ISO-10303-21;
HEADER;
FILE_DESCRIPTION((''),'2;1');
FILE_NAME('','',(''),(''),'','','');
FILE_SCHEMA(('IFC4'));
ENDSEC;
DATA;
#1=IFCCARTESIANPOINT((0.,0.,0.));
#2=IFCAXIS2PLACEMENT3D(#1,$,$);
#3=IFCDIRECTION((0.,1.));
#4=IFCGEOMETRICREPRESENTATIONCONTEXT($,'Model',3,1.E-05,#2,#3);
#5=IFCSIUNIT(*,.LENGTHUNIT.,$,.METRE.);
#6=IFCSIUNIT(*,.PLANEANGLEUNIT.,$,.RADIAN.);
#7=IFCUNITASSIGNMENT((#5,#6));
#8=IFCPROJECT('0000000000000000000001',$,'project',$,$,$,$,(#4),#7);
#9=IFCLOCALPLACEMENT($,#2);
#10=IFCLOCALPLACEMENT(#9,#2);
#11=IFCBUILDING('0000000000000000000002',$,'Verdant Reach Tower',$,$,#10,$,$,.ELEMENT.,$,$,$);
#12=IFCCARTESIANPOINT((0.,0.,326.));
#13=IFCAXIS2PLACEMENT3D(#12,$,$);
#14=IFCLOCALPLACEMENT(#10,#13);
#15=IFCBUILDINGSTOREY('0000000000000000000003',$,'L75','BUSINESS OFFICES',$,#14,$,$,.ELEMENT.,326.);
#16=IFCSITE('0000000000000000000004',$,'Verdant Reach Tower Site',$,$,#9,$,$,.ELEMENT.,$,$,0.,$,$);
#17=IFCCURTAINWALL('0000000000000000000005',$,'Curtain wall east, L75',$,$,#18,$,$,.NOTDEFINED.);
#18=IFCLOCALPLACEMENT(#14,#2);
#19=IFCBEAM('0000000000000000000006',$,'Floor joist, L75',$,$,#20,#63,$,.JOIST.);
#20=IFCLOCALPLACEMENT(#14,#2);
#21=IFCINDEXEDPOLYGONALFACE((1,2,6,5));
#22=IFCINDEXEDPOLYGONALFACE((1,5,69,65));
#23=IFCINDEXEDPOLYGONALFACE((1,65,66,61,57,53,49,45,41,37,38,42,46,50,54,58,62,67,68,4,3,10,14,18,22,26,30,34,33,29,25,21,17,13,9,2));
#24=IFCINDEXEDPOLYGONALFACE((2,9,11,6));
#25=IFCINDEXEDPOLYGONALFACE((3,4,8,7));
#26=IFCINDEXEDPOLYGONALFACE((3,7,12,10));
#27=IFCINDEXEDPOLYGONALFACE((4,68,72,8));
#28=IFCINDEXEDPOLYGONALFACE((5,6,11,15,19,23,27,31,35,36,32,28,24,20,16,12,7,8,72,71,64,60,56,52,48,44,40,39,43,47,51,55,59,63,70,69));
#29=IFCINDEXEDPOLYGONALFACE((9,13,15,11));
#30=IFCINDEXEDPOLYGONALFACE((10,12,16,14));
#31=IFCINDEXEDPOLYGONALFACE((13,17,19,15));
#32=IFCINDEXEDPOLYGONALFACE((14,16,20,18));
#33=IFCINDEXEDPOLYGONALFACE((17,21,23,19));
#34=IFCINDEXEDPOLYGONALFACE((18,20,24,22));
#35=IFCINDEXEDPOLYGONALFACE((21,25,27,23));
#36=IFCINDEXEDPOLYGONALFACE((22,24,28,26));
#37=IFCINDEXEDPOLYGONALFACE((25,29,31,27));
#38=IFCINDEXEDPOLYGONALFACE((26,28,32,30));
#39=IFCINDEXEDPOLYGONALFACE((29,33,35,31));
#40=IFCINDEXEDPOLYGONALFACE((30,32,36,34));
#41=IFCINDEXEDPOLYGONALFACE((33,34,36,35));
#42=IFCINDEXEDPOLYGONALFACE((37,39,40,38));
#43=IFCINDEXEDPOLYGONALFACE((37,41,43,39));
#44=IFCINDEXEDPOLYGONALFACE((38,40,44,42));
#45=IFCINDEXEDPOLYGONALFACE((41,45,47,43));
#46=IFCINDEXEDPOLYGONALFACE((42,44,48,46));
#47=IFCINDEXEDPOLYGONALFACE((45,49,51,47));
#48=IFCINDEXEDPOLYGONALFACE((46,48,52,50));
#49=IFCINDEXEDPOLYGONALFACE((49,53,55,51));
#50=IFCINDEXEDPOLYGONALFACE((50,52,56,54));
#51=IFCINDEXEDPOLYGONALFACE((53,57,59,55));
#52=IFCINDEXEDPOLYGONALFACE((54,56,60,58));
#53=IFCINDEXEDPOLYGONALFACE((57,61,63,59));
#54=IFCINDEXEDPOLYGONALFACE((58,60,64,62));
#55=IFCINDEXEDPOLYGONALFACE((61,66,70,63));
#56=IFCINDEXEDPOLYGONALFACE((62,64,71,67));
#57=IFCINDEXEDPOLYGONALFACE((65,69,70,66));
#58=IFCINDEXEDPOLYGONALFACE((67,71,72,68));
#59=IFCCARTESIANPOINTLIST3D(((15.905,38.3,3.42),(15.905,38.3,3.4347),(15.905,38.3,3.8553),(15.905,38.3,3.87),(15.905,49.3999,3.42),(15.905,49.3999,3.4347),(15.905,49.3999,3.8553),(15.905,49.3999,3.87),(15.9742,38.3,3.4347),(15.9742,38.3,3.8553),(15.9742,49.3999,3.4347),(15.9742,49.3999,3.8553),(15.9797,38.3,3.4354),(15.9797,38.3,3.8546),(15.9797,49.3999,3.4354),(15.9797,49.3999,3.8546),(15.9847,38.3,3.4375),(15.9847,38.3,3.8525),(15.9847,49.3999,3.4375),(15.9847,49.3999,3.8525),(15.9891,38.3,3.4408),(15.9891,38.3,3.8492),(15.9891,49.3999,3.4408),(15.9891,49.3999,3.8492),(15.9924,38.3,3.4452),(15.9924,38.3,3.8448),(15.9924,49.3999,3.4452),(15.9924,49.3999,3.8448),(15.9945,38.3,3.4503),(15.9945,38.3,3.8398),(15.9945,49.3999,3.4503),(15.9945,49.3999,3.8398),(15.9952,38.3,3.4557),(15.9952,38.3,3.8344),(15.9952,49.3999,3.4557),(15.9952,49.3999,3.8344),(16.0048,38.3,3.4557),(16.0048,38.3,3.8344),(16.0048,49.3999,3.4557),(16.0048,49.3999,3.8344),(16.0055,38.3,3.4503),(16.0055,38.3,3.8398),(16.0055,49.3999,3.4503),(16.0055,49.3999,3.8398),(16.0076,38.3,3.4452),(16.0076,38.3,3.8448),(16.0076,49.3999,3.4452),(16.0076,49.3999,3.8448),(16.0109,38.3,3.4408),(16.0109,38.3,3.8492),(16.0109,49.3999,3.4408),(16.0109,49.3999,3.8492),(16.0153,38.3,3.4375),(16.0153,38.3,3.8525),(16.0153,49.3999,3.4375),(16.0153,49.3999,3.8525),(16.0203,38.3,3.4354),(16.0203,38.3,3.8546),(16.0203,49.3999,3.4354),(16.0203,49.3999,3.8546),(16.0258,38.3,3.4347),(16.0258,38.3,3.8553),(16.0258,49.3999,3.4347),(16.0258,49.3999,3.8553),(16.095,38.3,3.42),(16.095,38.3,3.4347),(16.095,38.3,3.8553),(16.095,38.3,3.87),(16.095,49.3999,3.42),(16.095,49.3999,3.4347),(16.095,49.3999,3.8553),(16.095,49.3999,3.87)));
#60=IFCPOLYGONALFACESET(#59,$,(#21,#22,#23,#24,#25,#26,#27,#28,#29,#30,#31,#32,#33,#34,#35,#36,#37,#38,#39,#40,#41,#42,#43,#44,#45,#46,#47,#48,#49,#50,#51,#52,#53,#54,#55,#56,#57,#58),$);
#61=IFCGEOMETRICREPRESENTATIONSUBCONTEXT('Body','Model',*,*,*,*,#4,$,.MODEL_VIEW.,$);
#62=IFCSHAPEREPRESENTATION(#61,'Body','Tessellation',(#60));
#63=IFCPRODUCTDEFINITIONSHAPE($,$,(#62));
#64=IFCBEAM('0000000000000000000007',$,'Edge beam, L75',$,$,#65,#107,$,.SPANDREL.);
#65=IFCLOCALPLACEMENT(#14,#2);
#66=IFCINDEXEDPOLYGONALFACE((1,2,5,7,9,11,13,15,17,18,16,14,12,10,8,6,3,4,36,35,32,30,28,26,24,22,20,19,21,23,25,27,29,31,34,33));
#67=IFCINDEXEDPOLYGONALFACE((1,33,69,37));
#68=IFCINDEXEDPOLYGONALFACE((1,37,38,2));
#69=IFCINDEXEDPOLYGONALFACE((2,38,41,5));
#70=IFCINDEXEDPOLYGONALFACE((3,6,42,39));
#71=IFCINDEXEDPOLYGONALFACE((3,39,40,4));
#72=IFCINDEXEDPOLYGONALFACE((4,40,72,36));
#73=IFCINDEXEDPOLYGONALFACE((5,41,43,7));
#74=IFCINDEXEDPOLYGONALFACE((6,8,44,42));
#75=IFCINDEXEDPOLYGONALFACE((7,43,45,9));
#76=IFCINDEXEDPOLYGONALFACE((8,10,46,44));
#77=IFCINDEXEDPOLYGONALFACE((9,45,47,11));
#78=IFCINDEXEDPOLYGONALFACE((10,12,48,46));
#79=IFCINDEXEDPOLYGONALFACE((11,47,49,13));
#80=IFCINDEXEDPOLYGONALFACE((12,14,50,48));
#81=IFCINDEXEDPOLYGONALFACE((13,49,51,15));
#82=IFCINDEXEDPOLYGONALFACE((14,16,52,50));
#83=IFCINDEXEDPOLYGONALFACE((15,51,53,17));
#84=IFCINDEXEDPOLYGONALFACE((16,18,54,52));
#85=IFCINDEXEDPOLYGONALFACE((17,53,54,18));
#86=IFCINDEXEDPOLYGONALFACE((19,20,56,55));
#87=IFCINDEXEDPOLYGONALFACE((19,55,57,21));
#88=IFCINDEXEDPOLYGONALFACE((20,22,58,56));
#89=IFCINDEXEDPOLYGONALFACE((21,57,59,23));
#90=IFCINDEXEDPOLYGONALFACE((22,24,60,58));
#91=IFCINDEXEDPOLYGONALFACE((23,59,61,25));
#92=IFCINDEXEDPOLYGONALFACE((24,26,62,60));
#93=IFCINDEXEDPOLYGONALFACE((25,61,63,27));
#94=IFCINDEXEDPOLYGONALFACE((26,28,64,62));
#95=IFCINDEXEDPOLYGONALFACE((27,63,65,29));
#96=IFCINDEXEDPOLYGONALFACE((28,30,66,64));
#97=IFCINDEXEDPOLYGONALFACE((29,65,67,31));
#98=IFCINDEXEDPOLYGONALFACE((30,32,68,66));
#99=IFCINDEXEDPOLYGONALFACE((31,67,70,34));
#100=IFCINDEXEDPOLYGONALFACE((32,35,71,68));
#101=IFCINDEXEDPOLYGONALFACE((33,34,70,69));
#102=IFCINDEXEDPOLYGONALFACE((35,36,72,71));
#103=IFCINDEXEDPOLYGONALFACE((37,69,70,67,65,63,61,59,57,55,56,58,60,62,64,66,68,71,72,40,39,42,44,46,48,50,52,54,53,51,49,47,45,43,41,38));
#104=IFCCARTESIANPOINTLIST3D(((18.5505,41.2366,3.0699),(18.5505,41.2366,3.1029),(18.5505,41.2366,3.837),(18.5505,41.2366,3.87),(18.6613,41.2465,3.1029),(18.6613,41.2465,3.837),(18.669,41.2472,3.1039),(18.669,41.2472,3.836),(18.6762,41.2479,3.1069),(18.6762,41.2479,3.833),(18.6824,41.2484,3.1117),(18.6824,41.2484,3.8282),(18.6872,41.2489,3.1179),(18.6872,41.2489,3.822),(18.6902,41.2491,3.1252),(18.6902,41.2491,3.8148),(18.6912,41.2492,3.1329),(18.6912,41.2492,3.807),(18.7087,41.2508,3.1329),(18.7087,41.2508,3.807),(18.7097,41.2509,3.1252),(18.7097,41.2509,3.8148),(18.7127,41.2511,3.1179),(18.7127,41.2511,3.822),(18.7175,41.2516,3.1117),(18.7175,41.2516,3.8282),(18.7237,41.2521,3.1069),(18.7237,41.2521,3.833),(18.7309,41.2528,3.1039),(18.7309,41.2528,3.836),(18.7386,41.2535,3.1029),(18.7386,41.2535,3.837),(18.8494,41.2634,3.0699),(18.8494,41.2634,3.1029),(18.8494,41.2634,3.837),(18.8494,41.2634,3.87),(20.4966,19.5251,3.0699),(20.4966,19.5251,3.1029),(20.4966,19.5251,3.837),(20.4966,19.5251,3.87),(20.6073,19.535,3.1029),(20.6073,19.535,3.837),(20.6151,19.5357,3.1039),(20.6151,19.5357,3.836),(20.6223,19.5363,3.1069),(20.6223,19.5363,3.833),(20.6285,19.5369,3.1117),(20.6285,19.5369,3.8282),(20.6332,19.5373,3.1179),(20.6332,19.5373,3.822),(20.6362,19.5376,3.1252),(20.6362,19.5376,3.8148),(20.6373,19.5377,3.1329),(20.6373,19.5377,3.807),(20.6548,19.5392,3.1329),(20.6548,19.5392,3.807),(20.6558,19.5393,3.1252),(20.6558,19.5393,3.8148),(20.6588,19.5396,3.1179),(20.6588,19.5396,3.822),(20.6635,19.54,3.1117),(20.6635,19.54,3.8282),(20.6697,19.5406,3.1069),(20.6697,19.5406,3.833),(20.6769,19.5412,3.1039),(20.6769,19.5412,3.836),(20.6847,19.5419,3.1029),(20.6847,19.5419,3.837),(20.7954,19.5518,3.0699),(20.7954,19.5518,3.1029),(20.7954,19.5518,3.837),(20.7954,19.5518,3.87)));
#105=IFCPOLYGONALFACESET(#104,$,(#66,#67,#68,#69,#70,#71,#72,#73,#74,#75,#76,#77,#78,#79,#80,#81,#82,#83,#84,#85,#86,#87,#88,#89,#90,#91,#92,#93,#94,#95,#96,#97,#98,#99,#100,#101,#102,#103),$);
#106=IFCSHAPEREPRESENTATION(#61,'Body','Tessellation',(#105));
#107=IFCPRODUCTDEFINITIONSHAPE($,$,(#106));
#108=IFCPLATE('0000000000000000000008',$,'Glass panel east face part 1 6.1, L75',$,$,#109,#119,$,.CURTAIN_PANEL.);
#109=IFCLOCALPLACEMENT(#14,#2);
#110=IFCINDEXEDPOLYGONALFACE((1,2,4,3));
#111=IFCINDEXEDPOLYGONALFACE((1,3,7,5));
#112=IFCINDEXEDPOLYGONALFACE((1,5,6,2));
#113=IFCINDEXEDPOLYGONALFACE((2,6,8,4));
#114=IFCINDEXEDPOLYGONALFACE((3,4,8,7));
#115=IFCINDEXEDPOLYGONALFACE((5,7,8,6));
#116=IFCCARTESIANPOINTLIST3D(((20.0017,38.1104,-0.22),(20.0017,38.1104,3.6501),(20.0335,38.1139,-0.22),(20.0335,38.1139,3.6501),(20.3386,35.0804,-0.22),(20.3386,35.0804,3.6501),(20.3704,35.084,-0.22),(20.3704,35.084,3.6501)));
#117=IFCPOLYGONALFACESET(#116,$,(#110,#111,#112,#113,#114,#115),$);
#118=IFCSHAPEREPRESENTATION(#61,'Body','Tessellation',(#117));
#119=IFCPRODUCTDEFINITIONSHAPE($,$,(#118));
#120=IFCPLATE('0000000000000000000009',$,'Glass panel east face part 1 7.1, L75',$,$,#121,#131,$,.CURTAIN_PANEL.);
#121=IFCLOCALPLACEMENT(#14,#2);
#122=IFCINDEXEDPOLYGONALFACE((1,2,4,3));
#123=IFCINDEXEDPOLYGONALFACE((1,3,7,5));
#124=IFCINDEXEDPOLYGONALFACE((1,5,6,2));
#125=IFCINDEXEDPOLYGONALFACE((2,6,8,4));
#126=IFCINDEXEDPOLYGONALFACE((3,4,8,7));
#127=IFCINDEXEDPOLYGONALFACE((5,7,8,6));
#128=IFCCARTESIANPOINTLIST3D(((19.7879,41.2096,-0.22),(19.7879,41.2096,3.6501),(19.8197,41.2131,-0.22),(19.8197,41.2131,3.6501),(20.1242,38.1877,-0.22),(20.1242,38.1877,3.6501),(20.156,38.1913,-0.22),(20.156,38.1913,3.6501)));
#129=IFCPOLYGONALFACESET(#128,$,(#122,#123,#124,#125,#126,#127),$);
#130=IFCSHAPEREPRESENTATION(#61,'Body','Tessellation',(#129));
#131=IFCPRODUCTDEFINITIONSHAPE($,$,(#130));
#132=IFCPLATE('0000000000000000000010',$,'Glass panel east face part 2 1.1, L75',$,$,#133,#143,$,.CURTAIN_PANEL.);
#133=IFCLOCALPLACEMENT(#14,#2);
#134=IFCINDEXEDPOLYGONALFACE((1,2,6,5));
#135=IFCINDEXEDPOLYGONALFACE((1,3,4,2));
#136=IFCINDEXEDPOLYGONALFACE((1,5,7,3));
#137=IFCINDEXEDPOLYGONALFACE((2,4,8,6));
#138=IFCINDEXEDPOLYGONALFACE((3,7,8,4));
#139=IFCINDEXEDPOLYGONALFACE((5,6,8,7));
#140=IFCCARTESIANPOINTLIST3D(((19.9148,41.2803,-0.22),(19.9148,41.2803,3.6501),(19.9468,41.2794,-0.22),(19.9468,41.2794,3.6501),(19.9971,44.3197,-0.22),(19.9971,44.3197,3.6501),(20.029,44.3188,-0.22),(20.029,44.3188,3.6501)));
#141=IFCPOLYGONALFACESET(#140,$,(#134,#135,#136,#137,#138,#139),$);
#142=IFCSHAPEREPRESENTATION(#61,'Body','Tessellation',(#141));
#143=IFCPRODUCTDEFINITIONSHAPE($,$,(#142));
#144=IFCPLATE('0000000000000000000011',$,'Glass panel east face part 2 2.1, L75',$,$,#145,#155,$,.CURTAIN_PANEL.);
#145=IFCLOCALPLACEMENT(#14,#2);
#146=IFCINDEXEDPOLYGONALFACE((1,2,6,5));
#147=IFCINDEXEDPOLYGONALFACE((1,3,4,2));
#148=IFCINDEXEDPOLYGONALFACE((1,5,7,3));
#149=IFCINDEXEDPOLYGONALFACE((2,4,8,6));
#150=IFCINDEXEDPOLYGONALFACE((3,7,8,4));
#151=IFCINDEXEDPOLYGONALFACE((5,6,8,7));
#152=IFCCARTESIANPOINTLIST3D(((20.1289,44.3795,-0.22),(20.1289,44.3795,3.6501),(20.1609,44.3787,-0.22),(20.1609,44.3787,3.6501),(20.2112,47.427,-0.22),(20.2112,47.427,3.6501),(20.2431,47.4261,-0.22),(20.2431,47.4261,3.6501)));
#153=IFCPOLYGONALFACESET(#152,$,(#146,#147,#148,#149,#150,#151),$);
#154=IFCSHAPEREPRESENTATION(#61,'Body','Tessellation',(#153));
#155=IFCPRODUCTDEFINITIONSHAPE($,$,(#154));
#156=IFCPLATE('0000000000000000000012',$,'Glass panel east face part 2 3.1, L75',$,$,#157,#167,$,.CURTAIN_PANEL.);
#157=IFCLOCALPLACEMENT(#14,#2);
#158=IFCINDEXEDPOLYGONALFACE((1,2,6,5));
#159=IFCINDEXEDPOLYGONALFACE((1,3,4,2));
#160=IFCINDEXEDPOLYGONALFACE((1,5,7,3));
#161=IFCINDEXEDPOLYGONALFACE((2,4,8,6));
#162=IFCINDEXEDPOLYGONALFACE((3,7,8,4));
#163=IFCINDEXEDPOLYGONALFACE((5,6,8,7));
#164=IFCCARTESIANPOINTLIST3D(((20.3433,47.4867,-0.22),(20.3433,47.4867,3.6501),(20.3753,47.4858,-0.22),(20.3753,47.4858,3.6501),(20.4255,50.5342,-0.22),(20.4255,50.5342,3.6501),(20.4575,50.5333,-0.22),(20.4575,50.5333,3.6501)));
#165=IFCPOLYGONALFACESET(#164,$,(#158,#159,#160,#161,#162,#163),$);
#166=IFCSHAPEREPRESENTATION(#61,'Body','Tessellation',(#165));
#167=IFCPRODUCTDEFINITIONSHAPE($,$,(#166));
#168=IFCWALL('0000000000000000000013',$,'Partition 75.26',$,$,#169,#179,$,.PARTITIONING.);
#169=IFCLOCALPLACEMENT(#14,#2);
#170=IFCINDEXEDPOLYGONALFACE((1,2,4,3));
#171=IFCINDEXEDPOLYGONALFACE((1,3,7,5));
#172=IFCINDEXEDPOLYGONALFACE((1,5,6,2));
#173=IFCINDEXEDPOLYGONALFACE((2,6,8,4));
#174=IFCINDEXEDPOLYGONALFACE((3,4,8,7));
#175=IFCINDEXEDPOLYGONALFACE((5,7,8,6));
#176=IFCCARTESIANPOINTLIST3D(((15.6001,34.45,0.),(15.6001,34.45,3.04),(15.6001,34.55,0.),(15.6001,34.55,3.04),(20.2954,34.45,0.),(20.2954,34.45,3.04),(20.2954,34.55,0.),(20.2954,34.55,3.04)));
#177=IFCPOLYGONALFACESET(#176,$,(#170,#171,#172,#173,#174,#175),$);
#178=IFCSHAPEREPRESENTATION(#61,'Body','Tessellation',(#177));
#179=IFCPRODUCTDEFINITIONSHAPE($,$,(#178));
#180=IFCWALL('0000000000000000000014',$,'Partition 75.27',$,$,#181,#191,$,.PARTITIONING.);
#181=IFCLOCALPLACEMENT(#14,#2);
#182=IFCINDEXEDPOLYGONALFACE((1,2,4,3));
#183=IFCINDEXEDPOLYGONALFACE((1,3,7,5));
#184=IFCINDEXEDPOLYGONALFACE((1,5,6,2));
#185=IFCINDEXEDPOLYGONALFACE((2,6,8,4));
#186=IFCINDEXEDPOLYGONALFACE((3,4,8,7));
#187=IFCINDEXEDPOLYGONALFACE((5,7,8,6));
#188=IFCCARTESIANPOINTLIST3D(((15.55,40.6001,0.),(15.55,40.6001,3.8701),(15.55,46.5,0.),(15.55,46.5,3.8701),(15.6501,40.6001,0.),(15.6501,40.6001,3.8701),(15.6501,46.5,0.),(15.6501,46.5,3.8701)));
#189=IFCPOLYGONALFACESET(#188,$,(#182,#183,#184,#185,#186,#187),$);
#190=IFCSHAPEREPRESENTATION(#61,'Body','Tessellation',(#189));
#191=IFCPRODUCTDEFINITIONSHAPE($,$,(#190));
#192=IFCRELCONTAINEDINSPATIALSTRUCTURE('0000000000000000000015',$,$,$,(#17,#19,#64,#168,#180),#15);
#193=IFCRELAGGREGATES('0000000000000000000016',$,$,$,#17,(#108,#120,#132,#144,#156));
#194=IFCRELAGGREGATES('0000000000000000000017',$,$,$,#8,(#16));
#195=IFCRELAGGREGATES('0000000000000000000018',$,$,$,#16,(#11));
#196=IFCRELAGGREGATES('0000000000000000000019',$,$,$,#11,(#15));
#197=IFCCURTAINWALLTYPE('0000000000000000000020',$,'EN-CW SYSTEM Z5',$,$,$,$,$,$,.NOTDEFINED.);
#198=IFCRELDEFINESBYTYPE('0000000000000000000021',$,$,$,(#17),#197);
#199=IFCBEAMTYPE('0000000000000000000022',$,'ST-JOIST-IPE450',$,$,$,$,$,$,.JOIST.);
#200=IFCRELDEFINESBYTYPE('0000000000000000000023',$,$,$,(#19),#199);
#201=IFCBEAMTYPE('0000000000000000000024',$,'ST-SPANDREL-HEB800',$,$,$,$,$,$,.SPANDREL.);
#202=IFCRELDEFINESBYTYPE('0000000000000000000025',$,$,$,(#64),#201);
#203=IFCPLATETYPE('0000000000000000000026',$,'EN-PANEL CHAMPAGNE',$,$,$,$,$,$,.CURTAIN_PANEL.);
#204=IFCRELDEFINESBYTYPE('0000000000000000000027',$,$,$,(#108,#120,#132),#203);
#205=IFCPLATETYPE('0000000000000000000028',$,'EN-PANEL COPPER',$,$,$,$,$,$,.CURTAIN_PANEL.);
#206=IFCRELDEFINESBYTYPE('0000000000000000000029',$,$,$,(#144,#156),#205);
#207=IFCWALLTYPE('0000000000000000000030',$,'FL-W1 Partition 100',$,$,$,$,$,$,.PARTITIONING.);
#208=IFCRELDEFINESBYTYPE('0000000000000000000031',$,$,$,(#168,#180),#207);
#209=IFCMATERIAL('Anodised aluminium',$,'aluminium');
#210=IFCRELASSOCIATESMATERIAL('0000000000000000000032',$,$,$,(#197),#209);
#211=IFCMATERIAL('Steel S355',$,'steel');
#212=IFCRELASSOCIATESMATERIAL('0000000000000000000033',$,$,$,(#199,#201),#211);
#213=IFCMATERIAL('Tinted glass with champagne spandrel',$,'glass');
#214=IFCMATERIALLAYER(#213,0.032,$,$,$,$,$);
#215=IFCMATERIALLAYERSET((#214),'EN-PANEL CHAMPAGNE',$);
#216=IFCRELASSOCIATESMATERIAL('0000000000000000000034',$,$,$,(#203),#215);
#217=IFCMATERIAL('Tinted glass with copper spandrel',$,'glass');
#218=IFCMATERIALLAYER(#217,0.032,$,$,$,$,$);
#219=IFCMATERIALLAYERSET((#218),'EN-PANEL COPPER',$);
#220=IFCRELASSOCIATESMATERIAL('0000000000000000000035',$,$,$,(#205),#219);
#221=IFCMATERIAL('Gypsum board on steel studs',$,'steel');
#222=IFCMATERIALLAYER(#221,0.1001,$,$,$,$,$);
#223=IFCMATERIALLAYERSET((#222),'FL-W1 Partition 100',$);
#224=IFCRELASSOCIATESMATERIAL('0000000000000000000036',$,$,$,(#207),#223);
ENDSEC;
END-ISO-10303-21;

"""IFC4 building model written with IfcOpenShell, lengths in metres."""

from ifc_helpers import new_model, si_unit, direction, frame, frame_2d, origin, origin_2d, place, context, subcontext, project, spatial, rectangle, i_section, extrude, material, layer, layer_set, material_profile, profile_set, type_object, element, aggregate, save


model = new_model("IFC4")

# Units and contexts
model_context = context("Model", 3, precision=1e-05, world=origin(), true_north=direction((0.0, 1.0)))
body_context = subcontext(model_context, "Body", "Model", "MODEL_VIEW")
ifc_project = project(units=[si_unit("LENGTHUNIT", "METRE"), si_unit("PLANEANGLEUNIT", "RADIAN")], contexts=[model_context])

# Site, building, storey
site_placement = place(None, origin())
site = spatial("IfcSite", under=ifc_project, at=site_placement, Name="Verdant Reach Tower Site", CompositionType="ELEMENT", RefElevation=0.0)
building_placement = place(site_placement, origin())
building = spatial("IfcBuilding", under=site, at=building_placement, Name="Verdant Reach Tower", CompositionType="ELEMENT")
storey_placement = place(building_placement, frame((0.0, 0.0, 326.0)))
storey = spatial("IfcBuildingStorey", under=building, at=storey_placement, Name="L75", Description="BUSINESS OFFICES", CompositionType="ELEMENT", Elevation=326.0)

# Curtain wall
ifc_material_1 = material(Name="Anodised aluminium", Category="aluminium")
curtain_wall_type = type_object("IfcCurtainWallType", Name="EN-CW SYSTEM Z5", PredefinedType="NOTDEFINED", material=ifc_material_1)
curtain_wall_placement = place(storey_placement, origin())
curtain_wall = element("IfcCurtainWall", 1, at=curtain_wall_placement, inside=storey, type_object=curtain_wall_type, Name="Curtain wall east, L75", PredefinedType="NOTDEFINED")

# Beams
ifc_material_2 = material(Name="Steel S355", Category="steel")
ifc_material_profile_1 = material_profile(ifc_material_2, i_section(OverallWidth=0.1899, OverallDepth=0.45, WebThickness=0.0095, FlangeThickness=0.0146, FilletRadius=0.021, at=origin_2d()), Name="IPE 450")
ifc_profile_set_1 = profile_set([ifc_material_profile_1], Name="Steel S355")
beam_type_1 = type_object("IfcBeamType", Name="ST-JOIST-IPE450", PredefinedType="JOIST", material=ifc_profile_set_1)
beam_1_placement = place(storey_placement, frame((16.0, 38.3, 3.645), z_axis=(0.0, 1.0, 0.0), x_axis=(-1.0, 0.0, 0.0)))
element("IfcBeam", 2, at=beam_1_placement, inside=storey, type_object=beam_type_1, Name="Floor joist, L75", PredefinedType="JOIST", context=body_context, shape_type="SweptSolid", body=[
    extrude(i_section(OverallWidth=0.1899, OverallDepth=0.45, WebThickness=0.0095, FlangeThickness=0.0146, FilletRadius=0.021, at=origin_2d()), origin(), (0.0, 0.0, 1.0), 11.0999),
])
ifc_material_profile_2 = material_profile(ifc_material_2, i_section(OverallWidth=0.3, OverallDepth=0.8, WebThickness=0.0176, FlangeThickness=0.033, FilletRadius=0.03, at=origin_2d()), Name="HEB 800")
ifc_profile_set_2 = profile_set([ifc_material_profile_2], Name="Steel S355")
beam_type_2 = type_object("IfcBeamType", Name="ST-SPANDREL-HEB800", PredefinedType="SPANDREL", material=ifc_profile_set_2)
beam_2_placement = place(storey_placement, frame((18.7, 41.25, 3.47), z_axis=(0.089274, -0.996007, 0.0), x_axis=(0.996007, 0.089274, 0.0)))
element("IfcBeam", 3, at=beam_2_placement, inside=storey, type_object=beam_type_2, Name="Edge beam, L75", PredefinedType="SPANDREL", context=body_context, shape_type="SweptSolid", body=[
    extrude(i_section(OverallWidth=0.3, OverallDepth=0.8, WebThickness=0.0176, FlangeThickness=0.033, FilletRadius=0.03, at=origin_2d()), origin(), (0.0, 0.0, 1.0), 21.7986),
])

# Plates
ifc_material_3 = material(Name="Tinted glass with champagne spandrel", Category="glass")
ifc_layer_1 = layer(ifc_material_3, 0.032)
ifc_layer_set_1 = layer_set([ifc_layer_1], Name="EN-PANEL CHAMPAGNE")
plate_type_1 = type_object("IfcPlateType", Name="EN-PANEL CHAMPAGNE", PredefinedType="CURTAIN_PANEL", material=ifc_layer_set_1)
plate_1_placement = place(storey_placement, frame((20.186, 36.5972, -0.22), z_axis=(0.0, 0.0, 1.0), x_axis=(-0.110518, 0.993874, 0.0)))
plate_1 = element("IfcPlate", 4, at=plate_1_placement, type_object=plate_type_1, Name="Glass panel east face part 1 6.1, L75", PredefinedType="CURTAIN_PANEL", context=body_context, shape_type="SweptSolid", body=[
    extrude(rectangle(XDim=3.0486, YDim=0.032, at=origin_2d()), origin(), (0.0, 0.0, 1.0), 3.8701),
])
plate_2_placement = place(storey_placement, frame((19.9719, 39.7004, -0.22), z_axis=(0.0, 0.0, 1.0), x_axis=(-0.110605, 0.993864, 0.0)))
plate_2 = element("IfcPlate", 5, at=plate_2_placement, type_object=plate_type_1, Name="Glass panel east face part 1 7.1, L75", PredefinedType="CURTAIN_PANEL", context=body_context, shape_type="SweptSolid", body=[
    extrude(rectangle(XDim=3.0405, YDim=0.032, at=origin_2d()), origin(), (0.0, 0.0, 1.0), 3.8701),
])
plate_3_placement = place(storey_placement, frame((19.9719, 42.7996, -0.22), z_axis=(0.0, 0.0, 1.0), x_axis=(0.027053, 0.999634, 0.0)))
plate_3 = element("IfcPlate", 6, at=plate_3_placement, type_object=plate_type_1, Name="Glass panel east face part 2 1.1, L75", PredefinedType="CURTAIN_PANEL", context=body_context, shape_type="SweptSolid", body=[
    extrude(rectangle(XDim=3.0405, YDim=0.032, at=origin_2d()), origin(), (0.0, 0.0, 1.0), 3.8701),
])
ifc_material_4 = material(Name="Tinted glass with copper spandrel", Category="glass")
ifc_layer_2 = layer(ifc_material_4, 0.032)
ifc_layer_set_2 = layer_set([ifc_layer_2], Name="EN-PANEL COPPER")
plate_type_2 = type_object("IfcPlateType", Name="EN-PANEL COPPER", PredefinedType="CURTAIN_PANEL", material=ifc_layer_set_2)
plate_4_placement = place(storey_placement, frame((20.186, 45.9028, -0.22), z_axis=(0.0, 0.0, 1.0), x_axis=(0.026965, 0.999636, 0.0)))
plate_4 = element("IfcPlate", 7, at=plate_4_placement, type_object=plate_type_2, Name="Glass panel east face part 2 2.1, L75", PredefinedType="CURTAIN_PANEL", context=body_context, shape_type="SweptSolid", body=[
    extrude(rectangle(XDim=3.0486, YDim=0.032, at=origin_2d()), origin(), (0.0, 0.0, 1.0), 3.8701),
])
plate_5_placement = place(storey_placement, frame((20.4004, 49.01, -0.22), z_axis=(0.0, 0.0, 1.0), x_axis=(0.026965, 0.999636, 0.0)))
plate_5 = element("IfcPlate", 8, at=plate_5_placement, type_object=plate_type_2, Name="Glass panel east face part 2 3.1, L75", PredefinedType="CURTAIN_PANEL", context=body_context, shape_type="SweptSolid", body=[
    extrude(rectangle(XDim=3.0486, YDim=0.032, at=origin_2d()), origin(), (0.0, 0.0, 1.0), 3.8701),
])
aggregate(curtain_wall, [plate_1, plate_2, plate_3, plate_4, plate_5])

# Walls
ifc_material_5 = material(Name="Gypsum board on steel studs", Category="steel")
ifc_layer_3 = layer(ifc_material_5, 0.1001)
ifc_layer_set_3 = layer_set([ifc_layer_3], Name="FL-W1 Partition 100")
wall_type_1 = type_object("IfcWallType", Name="FL-W1 Partition 100", PredefinedType="PARTITIONING", material=ifc_layer_set_3)
wall_1_placement = place(storey_placement, frame((20.2954, 34.5, 0.0), z_axis=(0.0, 0.0, 1.0), x_axis=(-1.0, 0.0, 0.0)))
element("IfcWall", 9, at=wall_1_placement, inside=storey, type_object=wall_type_1, Name="Partition 75.26", PredefinedType="PARTITIONING", context=body_context, shape_type="SweptSolid", body=[
    extrude(rectangle(XDim=4.6953, YDim=0.1001, at=frame_2d((2.3477, 0.0))), origin(), (0.0, 0.0, 1.0), 3.04),
])
wall_2_placement = place(storey_placement, frame((15.6001, 46.5, 0.0), z_axis=(0.0, 0.0, 1.0), x_axis=(0.0, -1.0, 0.0)))
element("IfcWall", 10, at=wall_2_placement, inside=storey, type_object=wall_type_1, Name="Partition 75.27", PredefinedType="PARTITIONING", context=body_context, shape_type="SweptSolid", body=[
    extrude(rectangle(XDim=5.8999, YDim=0.1001, at=frame_2d((2.95, 0.0))), origin(), (0.0, 0.0, 1.0), 3.8701),
])

save(model, "model.ifc")
